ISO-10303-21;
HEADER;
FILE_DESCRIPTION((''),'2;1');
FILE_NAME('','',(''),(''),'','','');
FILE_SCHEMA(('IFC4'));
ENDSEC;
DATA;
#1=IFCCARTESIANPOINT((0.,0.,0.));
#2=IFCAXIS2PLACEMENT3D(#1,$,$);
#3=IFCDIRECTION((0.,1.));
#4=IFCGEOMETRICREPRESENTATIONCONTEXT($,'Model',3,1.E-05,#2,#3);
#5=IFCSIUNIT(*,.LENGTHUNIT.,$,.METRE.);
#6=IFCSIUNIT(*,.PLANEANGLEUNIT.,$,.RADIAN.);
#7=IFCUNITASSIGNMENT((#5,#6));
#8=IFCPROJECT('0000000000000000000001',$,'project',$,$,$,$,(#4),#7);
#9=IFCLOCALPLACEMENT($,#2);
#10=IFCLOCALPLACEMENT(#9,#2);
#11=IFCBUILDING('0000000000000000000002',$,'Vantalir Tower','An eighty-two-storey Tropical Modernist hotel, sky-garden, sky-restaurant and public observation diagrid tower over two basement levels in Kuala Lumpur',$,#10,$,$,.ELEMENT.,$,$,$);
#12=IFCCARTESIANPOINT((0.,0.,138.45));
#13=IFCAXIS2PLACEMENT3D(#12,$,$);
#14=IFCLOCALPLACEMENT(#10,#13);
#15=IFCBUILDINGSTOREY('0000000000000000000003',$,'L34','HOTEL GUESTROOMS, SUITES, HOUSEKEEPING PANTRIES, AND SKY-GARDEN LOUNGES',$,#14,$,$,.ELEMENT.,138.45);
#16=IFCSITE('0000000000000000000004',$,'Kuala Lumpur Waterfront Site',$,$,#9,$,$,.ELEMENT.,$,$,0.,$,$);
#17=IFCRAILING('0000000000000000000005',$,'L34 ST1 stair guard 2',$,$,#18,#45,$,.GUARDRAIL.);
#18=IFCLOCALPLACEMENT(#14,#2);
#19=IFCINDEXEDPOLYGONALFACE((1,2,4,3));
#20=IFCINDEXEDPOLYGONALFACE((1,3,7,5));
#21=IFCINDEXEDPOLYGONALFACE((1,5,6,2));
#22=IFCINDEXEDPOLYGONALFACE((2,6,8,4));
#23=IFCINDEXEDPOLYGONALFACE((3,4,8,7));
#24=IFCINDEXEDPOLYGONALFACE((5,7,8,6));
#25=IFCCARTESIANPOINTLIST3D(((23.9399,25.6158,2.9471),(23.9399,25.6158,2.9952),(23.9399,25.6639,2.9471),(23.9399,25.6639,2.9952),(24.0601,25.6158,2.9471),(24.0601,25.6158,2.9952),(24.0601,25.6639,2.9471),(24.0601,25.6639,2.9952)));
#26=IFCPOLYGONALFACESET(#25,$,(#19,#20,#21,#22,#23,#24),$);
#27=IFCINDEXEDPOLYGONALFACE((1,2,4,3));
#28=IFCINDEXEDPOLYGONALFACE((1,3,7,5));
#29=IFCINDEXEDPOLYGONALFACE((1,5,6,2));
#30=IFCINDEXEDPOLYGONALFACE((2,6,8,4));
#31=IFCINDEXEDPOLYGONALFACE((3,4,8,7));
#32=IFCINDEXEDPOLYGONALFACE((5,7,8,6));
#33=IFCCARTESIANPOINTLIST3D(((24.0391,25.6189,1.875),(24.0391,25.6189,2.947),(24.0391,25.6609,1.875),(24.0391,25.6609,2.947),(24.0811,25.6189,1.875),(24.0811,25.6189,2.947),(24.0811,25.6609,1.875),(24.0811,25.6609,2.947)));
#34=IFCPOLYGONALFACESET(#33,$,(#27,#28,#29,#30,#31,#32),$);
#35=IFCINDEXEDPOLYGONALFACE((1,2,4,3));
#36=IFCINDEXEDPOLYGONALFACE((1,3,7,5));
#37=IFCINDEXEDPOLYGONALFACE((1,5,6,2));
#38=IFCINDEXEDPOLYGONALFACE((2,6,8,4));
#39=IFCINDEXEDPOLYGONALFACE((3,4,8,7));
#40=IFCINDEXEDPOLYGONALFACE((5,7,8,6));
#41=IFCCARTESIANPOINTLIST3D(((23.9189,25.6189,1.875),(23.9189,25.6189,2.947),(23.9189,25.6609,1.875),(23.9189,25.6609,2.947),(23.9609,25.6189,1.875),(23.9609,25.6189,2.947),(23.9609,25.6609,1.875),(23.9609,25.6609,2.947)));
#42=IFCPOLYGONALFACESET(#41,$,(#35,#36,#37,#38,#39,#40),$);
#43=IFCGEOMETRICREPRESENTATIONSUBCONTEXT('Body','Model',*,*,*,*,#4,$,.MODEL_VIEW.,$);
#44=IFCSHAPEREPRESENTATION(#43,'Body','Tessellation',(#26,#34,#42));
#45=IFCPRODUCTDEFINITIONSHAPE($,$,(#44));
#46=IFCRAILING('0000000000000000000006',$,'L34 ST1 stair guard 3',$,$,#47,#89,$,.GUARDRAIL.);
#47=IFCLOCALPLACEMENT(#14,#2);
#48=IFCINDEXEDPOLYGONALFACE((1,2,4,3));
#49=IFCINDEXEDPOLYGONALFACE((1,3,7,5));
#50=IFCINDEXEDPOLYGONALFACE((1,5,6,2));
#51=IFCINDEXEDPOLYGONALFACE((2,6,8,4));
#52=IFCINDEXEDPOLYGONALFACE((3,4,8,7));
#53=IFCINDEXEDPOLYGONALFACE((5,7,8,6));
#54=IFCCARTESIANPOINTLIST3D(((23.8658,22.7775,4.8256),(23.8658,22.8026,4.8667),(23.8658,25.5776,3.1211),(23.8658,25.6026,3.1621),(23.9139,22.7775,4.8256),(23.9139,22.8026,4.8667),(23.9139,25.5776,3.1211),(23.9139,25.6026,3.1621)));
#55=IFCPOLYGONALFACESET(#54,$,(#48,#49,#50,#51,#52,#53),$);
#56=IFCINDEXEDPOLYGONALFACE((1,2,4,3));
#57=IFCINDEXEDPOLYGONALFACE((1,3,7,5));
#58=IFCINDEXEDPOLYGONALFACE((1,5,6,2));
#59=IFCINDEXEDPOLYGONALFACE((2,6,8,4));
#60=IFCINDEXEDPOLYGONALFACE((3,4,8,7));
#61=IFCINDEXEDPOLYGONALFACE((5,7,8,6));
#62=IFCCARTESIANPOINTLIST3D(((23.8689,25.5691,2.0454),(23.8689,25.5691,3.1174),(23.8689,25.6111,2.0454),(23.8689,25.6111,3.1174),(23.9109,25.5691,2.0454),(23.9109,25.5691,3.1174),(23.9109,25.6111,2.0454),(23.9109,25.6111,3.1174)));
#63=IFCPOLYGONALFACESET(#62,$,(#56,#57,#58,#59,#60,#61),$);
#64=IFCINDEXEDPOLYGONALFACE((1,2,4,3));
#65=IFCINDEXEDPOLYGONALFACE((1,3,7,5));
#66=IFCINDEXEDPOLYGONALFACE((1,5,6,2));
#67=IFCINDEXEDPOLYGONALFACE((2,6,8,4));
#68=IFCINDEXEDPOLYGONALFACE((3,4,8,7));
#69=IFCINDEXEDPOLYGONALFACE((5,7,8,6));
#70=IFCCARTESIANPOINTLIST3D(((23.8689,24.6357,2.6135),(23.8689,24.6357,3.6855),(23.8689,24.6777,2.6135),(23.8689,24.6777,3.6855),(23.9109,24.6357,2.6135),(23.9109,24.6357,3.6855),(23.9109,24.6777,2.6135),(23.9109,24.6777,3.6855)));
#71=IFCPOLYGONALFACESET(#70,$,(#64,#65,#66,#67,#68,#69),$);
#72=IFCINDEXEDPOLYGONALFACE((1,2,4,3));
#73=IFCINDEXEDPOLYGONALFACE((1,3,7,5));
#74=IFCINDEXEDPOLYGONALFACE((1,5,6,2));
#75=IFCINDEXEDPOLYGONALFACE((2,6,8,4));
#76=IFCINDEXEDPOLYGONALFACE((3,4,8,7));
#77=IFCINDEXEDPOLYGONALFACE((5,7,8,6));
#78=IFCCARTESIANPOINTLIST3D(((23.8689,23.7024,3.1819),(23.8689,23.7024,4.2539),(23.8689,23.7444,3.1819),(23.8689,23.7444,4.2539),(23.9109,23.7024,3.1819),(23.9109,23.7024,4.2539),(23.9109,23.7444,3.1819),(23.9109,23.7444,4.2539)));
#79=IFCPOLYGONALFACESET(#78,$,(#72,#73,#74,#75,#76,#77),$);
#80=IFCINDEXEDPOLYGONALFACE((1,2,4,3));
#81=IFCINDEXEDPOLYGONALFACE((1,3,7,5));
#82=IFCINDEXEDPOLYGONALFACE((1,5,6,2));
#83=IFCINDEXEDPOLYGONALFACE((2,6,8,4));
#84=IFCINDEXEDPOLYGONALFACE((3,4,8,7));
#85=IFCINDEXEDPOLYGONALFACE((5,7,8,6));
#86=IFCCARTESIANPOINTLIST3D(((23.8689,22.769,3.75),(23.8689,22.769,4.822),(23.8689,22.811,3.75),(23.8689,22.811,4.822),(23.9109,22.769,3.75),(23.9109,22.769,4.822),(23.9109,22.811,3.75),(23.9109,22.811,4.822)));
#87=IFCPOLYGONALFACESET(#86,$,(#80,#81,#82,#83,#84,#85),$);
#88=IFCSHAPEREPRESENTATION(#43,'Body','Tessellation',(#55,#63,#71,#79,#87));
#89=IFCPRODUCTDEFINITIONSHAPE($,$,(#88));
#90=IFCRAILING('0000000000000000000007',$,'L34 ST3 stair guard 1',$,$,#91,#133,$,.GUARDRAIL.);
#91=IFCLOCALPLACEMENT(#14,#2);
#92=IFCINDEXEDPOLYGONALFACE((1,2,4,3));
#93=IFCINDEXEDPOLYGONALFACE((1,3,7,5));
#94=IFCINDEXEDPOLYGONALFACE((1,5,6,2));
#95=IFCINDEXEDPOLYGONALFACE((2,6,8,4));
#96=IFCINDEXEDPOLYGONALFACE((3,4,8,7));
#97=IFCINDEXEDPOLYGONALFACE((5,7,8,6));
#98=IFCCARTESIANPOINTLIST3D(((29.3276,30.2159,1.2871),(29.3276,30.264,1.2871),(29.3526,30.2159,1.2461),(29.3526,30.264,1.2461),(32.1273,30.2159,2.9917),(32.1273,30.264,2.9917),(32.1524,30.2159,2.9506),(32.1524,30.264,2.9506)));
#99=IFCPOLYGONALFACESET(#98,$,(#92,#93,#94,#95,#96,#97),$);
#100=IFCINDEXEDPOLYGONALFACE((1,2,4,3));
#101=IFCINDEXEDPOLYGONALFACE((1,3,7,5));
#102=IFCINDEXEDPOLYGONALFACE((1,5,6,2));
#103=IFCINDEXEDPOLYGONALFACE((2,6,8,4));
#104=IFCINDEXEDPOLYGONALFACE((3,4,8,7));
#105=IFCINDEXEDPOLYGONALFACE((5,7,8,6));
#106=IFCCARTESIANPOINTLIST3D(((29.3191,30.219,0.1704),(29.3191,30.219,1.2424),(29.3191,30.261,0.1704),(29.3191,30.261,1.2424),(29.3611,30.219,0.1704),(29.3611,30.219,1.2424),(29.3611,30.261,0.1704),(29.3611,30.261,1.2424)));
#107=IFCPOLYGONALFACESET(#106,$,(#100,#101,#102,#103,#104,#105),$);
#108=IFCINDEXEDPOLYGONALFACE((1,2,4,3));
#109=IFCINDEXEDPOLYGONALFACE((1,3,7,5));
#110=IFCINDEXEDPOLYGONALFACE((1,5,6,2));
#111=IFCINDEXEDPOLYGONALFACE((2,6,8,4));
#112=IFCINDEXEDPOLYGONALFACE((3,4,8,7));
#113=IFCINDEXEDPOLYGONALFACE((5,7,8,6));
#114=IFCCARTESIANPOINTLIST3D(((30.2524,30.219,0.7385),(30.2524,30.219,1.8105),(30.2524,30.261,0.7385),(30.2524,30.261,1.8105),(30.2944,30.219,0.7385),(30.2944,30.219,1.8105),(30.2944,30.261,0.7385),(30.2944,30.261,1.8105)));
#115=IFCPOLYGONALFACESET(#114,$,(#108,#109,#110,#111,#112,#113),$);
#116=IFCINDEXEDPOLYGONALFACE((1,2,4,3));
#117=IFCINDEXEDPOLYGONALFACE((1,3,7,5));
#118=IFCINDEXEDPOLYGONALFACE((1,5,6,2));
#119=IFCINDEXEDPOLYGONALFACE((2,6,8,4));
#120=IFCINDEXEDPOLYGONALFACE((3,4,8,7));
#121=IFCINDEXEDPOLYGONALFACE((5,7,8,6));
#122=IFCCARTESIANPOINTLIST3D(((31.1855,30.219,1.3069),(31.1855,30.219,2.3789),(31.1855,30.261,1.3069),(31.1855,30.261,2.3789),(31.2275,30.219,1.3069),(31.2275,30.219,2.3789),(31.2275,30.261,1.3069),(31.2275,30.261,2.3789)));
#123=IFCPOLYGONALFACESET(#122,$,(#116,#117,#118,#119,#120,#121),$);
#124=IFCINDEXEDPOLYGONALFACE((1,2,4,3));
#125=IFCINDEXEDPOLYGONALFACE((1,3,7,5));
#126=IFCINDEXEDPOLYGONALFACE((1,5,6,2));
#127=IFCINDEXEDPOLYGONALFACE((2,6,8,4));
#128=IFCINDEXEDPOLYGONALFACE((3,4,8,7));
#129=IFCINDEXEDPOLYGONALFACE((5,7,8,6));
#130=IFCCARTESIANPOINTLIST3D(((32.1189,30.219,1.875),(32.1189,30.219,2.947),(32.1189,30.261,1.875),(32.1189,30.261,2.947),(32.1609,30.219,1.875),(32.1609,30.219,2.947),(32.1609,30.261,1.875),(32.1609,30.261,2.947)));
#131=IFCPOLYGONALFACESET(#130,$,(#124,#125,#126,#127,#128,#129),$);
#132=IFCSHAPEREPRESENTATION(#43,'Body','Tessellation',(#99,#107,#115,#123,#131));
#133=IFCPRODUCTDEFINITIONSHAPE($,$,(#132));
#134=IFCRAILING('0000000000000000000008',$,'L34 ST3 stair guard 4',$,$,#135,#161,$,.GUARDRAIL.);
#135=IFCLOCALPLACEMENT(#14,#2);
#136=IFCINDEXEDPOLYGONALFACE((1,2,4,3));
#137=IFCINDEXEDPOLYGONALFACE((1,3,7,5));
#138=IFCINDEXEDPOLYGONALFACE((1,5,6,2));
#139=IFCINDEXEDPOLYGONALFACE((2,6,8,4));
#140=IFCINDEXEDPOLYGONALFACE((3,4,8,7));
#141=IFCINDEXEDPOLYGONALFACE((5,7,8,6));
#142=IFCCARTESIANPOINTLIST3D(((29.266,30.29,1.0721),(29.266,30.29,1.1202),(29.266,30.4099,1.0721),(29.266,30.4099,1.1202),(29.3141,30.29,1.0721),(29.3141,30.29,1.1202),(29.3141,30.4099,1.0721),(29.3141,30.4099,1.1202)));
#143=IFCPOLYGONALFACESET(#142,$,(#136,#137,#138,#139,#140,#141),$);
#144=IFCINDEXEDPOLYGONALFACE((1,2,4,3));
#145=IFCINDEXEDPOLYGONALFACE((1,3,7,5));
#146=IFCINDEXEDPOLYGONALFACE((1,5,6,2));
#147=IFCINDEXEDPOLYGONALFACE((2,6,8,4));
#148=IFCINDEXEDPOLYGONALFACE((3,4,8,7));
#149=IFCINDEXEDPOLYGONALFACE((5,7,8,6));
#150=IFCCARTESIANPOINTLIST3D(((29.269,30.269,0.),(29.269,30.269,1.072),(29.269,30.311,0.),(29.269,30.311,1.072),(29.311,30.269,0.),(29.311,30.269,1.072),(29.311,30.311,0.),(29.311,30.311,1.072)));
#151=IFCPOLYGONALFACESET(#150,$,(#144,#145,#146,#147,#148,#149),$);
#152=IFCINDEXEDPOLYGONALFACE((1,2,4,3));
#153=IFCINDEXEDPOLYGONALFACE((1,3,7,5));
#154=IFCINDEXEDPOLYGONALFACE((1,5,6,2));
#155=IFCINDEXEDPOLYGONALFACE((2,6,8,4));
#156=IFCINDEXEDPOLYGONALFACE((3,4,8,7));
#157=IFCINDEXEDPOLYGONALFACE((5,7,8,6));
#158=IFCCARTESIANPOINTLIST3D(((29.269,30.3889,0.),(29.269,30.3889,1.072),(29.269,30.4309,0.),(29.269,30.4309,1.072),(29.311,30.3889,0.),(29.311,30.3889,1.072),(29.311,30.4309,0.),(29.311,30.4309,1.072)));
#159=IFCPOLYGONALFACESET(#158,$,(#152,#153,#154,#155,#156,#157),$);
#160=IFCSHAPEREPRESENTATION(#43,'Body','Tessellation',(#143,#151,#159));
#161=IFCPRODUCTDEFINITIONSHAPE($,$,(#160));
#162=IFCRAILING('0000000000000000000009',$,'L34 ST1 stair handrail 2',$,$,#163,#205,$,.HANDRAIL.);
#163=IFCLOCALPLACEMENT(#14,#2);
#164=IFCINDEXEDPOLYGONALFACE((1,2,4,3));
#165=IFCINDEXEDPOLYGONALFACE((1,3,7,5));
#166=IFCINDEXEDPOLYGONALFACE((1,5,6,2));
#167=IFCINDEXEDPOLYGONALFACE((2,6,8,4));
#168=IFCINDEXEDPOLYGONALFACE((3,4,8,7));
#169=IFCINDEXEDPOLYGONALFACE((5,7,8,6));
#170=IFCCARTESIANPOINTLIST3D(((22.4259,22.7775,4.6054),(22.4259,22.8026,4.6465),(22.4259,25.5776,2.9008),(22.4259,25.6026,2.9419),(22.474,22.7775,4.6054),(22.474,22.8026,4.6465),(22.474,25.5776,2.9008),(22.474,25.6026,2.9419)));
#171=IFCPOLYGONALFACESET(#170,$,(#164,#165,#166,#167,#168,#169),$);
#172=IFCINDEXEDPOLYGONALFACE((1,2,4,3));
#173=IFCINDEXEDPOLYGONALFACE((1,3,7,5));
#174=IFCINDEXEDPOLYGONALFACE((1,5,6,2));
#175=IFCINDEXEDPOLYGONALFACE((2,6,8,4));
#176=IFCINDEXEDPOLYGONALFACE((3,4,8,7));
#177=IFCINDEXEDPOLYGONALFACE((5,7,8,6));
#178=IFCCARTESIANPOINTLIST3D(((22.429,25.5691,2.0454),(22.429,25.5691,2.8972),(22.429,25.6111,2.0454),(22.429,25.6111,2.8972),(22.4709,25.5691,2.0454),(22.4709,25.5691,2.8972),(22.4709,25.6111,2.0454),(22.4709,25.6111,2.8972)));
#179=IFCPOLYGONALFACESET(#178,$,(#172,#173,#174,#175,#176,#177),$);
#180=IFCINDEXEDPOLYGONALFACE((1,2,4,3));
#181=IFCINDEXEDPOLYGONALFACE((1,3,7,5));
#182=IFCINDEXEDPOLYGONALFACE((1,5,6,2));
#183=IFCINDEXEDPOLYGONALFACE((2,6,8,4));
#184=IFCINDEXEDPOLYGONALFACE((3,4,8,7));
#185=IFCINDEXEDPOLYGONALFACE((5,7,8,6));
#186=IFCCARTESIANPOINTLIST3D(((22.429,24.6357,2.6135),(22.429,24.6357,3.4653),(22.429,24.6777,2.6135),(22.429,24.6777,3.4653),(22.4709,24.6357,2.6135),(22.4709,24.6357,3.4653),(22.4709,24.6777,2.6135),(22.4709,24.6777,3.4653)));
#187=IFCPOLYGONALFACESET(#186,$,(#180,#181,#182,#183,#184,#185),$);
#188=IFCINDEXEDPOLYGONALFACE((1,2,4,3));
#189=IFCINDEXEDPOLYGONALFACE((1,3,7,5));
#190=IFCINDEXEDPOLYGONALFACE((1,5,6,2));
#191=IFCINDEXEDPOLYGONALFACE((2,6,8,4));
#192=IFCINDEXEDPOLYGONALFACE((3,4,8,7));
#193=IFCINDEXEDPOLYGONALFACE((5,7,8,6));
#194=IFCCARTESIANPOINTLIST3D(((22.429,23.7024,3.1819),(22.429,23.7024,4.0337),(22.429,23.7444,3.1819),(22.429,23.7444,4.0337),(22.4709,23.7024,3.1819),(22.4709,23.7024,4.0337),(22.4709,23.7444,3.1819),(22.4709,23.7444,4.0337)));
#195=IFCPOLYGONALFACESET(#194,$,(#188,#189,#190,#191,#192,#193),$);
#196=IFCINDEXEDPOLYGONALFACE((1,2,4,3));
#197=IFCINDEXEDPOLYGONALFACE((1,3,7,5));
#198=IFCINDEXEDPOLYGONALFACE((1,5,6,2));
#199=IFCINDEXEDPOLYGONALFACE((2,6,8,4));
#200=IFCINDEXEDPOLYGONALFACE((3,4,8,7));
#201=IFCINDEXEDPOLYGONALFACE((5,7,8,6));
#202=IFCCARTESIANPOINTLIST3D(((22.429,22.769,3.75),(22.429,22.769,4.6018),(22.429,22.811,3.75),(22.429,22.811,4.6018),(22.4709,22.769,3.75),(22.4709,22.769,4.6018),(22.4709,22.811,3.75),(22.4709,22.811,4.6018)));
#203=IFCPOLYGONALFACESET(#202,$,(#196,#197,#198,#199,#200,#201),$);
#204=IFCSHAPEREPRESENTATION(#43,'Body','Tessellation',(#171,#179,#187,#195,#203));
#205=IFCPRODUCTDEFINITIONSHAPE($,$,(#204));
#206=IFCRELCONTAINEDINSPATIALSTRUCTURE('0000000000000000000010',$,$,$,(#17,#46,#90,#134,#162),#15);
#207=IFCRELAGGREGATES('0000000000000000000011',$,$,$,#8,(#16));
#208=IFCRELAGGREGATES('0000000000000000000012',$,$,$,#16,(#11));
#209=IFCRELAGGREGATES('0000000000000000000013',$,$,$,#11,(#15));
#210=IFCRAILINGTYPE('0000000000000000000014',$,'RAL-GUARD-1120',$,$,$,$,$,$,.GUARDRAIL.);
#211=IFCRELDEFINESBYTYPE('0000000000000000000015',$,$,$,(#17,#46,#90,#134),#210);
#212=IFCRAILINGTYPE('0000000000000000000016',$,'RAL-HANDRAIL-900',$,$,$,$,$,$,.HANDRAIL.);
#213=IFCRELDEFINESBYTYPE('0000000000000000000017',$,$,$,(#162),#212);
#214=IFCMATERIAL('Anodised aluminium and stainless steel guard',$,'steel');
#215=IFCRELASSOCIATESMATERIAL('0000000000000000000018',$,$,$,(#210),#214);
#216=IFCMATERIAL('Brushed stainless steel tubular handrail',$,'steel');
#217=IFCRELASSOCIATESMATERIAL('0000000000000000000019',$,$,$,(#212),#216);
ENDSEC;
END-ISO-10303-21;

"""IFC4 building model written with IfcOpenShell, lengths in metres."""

from ifc_helpers import new_model, si_unit, direction, frame, origin, origin_2d, place, context, subcontext, project, spatial, rectangle, extrude, material, type_object, element, save


model = new_model("IFC4")

# Units and contexts
model_context = context("Model", 3, precision=1e-05, world=origin(), true_north=direction((0.0, 1.0)))
body_context = subcontext(model_context, "Body", "Model", "MODEL_VIEW")
ifc_project = project(units=[si_unit("LENGTHUNIT", "METRE"), si_unit("PLANEANGLEUNIT", "RADIAN")], contexts=[model_context])

# Site, building, storey
site_placement = place(None, origin())
site = spatial("IfcSite", under=ifc_project, at=site_placement, Name="Kuala Lumpur Waterfront Site", CompositionType="ELEMENT", RefElevation=0.0)
building_placement = place(site_placement, origin())
building = spatial("IfcBuilding", under=site, at=building_placement, Name="Vantalir Tower", Description="An eighty-two-storey Tropical Modernist hotel, sky-garden, sky-restaurant and public observation diagrid tower over two basement levels in Kuala Lumpur", CompositionType="ELEMENT")
storey_placement = place(building_placement, frame((0.0, 0.0, 138.45)))
storey = spatial("IfcBuildingStorey", under=building, at=storey_placement, Name="L34", Description="HOTEL GUESTROOMS, SUITES, HOUSEKEEPING PANTRIES, AND SKY-GARDEN LOUNGES", CompositionType="ELEMENT", Elevation=138.45)

# Railings
ifc_material_1 = material(Name="Anodised aluminium and stainless steel guard", Category="steel")
railing_type_1 = type_object("IfcRailingType", Name="RAL-GUARD-1120", PredefinedType="GUARDRAIL", material=ifc_material_1)
railing_1_placement = place(storey_placement, frame((24.0601, 25.6399, 1.875)))
element("IfcRailing", 1, at=railing_1_placement, inside=storey, type_object=railing_type_1, Name="L34 ST1 stair guard 2", PredefinedType="GUARDRAIL", context=body_context, shape_type="SweptSolid", body=[
    extrude(rectangle(XDim=0.0481, YDim=0.0481, at=origin_2d()), frame((0.0, 0.0, 1.0962), z_axis=(-1.0, 0.0, 0.0), x_axis=(0.0, -1.0, 0.0)), (0.0, 0.0, 1.0), 0.1201),
    extrude(rectangle(XDim=0.042, YDim=0.042, at=origin_2d()), origin(), (0.0, 0.0, 1.0), 1.072),
    extrude(rectangle(XDim=0.042, YDim=0.042, at=origin_2d()), frame((-0.1201, 0.0, 0.0)), (0.0, 0.0, 1.0), 1.072),
])
railing_2_placement = place(storey_placement, frame((23.8899, 25.5901, 2.0454)))
element("IfcRailing", 2, at=railing_2_placement, inside=storey, type_object=railing_type_1, Name="L34 ST1 stair guard 3", PredefinedType="GUARDRAIL", context=body_context, shape_type="SweptSolid", body=[
    extrude(rectangle(XDim=0.0481, YDim=0.0481, at=origin_2d()), frame((0.0, 0.0, 1.0962), z_axis=(0.0, -0.85417, 0.519994), x_axis=(1.0, 0.0, 0.0)), (0.0, 0.0, 1.0), 3.2781),
    extrude(rectangle(XDim=0.042, YDim=0.042, at=origin_2d()), origin(), (0.0, 0.0, 1.0), 1.072),
    extrude(rectangle(XDim=0.042, YDim=0.042, at=origin_2d()), frame((0.0, -0.9333, 0.5681)), (0.0, 0.0, 1.0), 1.072),
    extrude(rectangle(XDim=0.042, YDim=0.042, at=origin_2d()), frame((0.0, -1.8667, 1.1365)), (0.0, 0.0, 1.0), 1.072),
    extrude(rectangle(XDim=0.042, YDim=0.042, at=origin_2d()), frame((0.0, -2.8, 1.7046)), (0.0, 0.0, 1.0), 1.072),
])
railing_3_placement = place(storey_placement, frame((29.3401, 30.24, 0.1704)))
element("IfcRailing", 3, at=railing_3_placement, inside=storey, type_object=railing_type_1, Name="L34 ST3 stair guard 1", PredefinedType="GUARDRAIL", context=body_context, shape_type="SweptSolid", body=[
    extrude(rectangle(XDim=0.0481, YDim=0.0481, at=origin_2d()), frame((0.0, 0.0, 1.0962), z_axis=(0.85415, 0.0, 0.520027), x_axis=(0.0, 1.0, 0.0)), (0.0, 0.0, 1.0), 3.2778),
    extrude(rectangle(XDim=0.042, YDim=0.042, at=origin_2d()), origin(), (0.0, 0.0, 1.0), 1.072),
    extrude(rectangle(XDim=0.042, YDim=0.042, at=origin_2d()), frame((0.9333, 0.0, 0.5681)), (0.0, 0.0, 1.0), 1.072),
    extrude(rectangle(XDim=0.042, YDim=0.042, at=origin_2d()), frame((1.8665, 0.0, 1.1365)), (0.0, 0.0, 1.0), 1.072),
    extrude(rectangle(XDim=0.042, YDim=0.042, at=origin_2d()), frame((2.7998, 0.0, 1.7046)), (0.0, 0.0, 1.0), 1.072),
])
railing_4_placement = place(storey_placement, frame((29.29, 30.29, 0.0)))
element("IfcRailing", 4, at=railing_4_placement, inside=storey, type_object=railing_type_1, Name="L34 ST3 stair guard 4", PredefinedType="GUARDRAIL", context=body_context, shape_type="SweptSolid", body=[
    extrude(rectangle(XDim=0.0481, YDim=0.0481, at=origin_2d()), frame((0.0, 0.0, 1.0962), z_axis=(0.0, 1.0, 0.0), x_axis=(-1.0, 0.0, 0.0)), (0.0, 0.0, 1.0), 0.1199),
    extrude(rectangle(XDim=0.042, YDim=0.042, at=origin_2d()), origin(), (0.0, 0.0, 1.0), 1.072),
    extrude(rectangle(XDim=0.042, YDim=0.042, at=origin_2d()), frame((0.0, 0.1199, 0.0)), (0.0, 0.0, 1.0), 1.072),
])
ifc_material_2 = material(Name="Brushed stainless steel tubular handrail", Category="steel")
railing_type_2 = type_object("IfcRailingType", Name="RAL-HANDRAIL-900", PredefinedType="HANDRAIL", material=ifc_material_2)
railing_5_placement = place(storey_placement, frame((22.45, 25.5901, 2.0454)))
element("IfcRailing", 5, at=railing_5_placement, inside=storey, type_object=railing_type_2, Name="L34 ST1 stair handrail 2", PredefinedType="HANDRAIL", context=body_context, shape_type="SweptSolid", body=[
    extrude(rectangle(XDim=0.0481, YDim=0.0481, at=origin_2d()), frame((0.0, 0.0, 0.876), z_axis=(0.0, -0.85417, 0.519994), x_axis=(1.0, 0.0, 0.0)), (0.0, 0.0, 1.0), 3.2781),
    extrude(rectangle(XDim=0.042, YDim=0.042, at=origin_2d()), origin(), (0.0, 0.0, 1.0), 0.8518),
    extrude(rectangle(XDim=0.042, YDim=0.042, at=origin_2d()), frame((0.0, -0.9333, 0.5681)), (0.0, 0.0, 1.0), 0.8518),
    extrude(rectangle(XDim=0.042, YDim=0.042, at=origin_2d()), frame((0.0, -1.8667, 1.1365)), (0.0, 0.0, 1.0), 0.8518),
    extrude(rectangle(XDim=0.042, YDim=0.042, at=origin_2d()), frame((0.0, -2.8, 1.7046)), (0.0, 0.0, 1.0), 0.8518),
])

save(model, "model.ifc")
